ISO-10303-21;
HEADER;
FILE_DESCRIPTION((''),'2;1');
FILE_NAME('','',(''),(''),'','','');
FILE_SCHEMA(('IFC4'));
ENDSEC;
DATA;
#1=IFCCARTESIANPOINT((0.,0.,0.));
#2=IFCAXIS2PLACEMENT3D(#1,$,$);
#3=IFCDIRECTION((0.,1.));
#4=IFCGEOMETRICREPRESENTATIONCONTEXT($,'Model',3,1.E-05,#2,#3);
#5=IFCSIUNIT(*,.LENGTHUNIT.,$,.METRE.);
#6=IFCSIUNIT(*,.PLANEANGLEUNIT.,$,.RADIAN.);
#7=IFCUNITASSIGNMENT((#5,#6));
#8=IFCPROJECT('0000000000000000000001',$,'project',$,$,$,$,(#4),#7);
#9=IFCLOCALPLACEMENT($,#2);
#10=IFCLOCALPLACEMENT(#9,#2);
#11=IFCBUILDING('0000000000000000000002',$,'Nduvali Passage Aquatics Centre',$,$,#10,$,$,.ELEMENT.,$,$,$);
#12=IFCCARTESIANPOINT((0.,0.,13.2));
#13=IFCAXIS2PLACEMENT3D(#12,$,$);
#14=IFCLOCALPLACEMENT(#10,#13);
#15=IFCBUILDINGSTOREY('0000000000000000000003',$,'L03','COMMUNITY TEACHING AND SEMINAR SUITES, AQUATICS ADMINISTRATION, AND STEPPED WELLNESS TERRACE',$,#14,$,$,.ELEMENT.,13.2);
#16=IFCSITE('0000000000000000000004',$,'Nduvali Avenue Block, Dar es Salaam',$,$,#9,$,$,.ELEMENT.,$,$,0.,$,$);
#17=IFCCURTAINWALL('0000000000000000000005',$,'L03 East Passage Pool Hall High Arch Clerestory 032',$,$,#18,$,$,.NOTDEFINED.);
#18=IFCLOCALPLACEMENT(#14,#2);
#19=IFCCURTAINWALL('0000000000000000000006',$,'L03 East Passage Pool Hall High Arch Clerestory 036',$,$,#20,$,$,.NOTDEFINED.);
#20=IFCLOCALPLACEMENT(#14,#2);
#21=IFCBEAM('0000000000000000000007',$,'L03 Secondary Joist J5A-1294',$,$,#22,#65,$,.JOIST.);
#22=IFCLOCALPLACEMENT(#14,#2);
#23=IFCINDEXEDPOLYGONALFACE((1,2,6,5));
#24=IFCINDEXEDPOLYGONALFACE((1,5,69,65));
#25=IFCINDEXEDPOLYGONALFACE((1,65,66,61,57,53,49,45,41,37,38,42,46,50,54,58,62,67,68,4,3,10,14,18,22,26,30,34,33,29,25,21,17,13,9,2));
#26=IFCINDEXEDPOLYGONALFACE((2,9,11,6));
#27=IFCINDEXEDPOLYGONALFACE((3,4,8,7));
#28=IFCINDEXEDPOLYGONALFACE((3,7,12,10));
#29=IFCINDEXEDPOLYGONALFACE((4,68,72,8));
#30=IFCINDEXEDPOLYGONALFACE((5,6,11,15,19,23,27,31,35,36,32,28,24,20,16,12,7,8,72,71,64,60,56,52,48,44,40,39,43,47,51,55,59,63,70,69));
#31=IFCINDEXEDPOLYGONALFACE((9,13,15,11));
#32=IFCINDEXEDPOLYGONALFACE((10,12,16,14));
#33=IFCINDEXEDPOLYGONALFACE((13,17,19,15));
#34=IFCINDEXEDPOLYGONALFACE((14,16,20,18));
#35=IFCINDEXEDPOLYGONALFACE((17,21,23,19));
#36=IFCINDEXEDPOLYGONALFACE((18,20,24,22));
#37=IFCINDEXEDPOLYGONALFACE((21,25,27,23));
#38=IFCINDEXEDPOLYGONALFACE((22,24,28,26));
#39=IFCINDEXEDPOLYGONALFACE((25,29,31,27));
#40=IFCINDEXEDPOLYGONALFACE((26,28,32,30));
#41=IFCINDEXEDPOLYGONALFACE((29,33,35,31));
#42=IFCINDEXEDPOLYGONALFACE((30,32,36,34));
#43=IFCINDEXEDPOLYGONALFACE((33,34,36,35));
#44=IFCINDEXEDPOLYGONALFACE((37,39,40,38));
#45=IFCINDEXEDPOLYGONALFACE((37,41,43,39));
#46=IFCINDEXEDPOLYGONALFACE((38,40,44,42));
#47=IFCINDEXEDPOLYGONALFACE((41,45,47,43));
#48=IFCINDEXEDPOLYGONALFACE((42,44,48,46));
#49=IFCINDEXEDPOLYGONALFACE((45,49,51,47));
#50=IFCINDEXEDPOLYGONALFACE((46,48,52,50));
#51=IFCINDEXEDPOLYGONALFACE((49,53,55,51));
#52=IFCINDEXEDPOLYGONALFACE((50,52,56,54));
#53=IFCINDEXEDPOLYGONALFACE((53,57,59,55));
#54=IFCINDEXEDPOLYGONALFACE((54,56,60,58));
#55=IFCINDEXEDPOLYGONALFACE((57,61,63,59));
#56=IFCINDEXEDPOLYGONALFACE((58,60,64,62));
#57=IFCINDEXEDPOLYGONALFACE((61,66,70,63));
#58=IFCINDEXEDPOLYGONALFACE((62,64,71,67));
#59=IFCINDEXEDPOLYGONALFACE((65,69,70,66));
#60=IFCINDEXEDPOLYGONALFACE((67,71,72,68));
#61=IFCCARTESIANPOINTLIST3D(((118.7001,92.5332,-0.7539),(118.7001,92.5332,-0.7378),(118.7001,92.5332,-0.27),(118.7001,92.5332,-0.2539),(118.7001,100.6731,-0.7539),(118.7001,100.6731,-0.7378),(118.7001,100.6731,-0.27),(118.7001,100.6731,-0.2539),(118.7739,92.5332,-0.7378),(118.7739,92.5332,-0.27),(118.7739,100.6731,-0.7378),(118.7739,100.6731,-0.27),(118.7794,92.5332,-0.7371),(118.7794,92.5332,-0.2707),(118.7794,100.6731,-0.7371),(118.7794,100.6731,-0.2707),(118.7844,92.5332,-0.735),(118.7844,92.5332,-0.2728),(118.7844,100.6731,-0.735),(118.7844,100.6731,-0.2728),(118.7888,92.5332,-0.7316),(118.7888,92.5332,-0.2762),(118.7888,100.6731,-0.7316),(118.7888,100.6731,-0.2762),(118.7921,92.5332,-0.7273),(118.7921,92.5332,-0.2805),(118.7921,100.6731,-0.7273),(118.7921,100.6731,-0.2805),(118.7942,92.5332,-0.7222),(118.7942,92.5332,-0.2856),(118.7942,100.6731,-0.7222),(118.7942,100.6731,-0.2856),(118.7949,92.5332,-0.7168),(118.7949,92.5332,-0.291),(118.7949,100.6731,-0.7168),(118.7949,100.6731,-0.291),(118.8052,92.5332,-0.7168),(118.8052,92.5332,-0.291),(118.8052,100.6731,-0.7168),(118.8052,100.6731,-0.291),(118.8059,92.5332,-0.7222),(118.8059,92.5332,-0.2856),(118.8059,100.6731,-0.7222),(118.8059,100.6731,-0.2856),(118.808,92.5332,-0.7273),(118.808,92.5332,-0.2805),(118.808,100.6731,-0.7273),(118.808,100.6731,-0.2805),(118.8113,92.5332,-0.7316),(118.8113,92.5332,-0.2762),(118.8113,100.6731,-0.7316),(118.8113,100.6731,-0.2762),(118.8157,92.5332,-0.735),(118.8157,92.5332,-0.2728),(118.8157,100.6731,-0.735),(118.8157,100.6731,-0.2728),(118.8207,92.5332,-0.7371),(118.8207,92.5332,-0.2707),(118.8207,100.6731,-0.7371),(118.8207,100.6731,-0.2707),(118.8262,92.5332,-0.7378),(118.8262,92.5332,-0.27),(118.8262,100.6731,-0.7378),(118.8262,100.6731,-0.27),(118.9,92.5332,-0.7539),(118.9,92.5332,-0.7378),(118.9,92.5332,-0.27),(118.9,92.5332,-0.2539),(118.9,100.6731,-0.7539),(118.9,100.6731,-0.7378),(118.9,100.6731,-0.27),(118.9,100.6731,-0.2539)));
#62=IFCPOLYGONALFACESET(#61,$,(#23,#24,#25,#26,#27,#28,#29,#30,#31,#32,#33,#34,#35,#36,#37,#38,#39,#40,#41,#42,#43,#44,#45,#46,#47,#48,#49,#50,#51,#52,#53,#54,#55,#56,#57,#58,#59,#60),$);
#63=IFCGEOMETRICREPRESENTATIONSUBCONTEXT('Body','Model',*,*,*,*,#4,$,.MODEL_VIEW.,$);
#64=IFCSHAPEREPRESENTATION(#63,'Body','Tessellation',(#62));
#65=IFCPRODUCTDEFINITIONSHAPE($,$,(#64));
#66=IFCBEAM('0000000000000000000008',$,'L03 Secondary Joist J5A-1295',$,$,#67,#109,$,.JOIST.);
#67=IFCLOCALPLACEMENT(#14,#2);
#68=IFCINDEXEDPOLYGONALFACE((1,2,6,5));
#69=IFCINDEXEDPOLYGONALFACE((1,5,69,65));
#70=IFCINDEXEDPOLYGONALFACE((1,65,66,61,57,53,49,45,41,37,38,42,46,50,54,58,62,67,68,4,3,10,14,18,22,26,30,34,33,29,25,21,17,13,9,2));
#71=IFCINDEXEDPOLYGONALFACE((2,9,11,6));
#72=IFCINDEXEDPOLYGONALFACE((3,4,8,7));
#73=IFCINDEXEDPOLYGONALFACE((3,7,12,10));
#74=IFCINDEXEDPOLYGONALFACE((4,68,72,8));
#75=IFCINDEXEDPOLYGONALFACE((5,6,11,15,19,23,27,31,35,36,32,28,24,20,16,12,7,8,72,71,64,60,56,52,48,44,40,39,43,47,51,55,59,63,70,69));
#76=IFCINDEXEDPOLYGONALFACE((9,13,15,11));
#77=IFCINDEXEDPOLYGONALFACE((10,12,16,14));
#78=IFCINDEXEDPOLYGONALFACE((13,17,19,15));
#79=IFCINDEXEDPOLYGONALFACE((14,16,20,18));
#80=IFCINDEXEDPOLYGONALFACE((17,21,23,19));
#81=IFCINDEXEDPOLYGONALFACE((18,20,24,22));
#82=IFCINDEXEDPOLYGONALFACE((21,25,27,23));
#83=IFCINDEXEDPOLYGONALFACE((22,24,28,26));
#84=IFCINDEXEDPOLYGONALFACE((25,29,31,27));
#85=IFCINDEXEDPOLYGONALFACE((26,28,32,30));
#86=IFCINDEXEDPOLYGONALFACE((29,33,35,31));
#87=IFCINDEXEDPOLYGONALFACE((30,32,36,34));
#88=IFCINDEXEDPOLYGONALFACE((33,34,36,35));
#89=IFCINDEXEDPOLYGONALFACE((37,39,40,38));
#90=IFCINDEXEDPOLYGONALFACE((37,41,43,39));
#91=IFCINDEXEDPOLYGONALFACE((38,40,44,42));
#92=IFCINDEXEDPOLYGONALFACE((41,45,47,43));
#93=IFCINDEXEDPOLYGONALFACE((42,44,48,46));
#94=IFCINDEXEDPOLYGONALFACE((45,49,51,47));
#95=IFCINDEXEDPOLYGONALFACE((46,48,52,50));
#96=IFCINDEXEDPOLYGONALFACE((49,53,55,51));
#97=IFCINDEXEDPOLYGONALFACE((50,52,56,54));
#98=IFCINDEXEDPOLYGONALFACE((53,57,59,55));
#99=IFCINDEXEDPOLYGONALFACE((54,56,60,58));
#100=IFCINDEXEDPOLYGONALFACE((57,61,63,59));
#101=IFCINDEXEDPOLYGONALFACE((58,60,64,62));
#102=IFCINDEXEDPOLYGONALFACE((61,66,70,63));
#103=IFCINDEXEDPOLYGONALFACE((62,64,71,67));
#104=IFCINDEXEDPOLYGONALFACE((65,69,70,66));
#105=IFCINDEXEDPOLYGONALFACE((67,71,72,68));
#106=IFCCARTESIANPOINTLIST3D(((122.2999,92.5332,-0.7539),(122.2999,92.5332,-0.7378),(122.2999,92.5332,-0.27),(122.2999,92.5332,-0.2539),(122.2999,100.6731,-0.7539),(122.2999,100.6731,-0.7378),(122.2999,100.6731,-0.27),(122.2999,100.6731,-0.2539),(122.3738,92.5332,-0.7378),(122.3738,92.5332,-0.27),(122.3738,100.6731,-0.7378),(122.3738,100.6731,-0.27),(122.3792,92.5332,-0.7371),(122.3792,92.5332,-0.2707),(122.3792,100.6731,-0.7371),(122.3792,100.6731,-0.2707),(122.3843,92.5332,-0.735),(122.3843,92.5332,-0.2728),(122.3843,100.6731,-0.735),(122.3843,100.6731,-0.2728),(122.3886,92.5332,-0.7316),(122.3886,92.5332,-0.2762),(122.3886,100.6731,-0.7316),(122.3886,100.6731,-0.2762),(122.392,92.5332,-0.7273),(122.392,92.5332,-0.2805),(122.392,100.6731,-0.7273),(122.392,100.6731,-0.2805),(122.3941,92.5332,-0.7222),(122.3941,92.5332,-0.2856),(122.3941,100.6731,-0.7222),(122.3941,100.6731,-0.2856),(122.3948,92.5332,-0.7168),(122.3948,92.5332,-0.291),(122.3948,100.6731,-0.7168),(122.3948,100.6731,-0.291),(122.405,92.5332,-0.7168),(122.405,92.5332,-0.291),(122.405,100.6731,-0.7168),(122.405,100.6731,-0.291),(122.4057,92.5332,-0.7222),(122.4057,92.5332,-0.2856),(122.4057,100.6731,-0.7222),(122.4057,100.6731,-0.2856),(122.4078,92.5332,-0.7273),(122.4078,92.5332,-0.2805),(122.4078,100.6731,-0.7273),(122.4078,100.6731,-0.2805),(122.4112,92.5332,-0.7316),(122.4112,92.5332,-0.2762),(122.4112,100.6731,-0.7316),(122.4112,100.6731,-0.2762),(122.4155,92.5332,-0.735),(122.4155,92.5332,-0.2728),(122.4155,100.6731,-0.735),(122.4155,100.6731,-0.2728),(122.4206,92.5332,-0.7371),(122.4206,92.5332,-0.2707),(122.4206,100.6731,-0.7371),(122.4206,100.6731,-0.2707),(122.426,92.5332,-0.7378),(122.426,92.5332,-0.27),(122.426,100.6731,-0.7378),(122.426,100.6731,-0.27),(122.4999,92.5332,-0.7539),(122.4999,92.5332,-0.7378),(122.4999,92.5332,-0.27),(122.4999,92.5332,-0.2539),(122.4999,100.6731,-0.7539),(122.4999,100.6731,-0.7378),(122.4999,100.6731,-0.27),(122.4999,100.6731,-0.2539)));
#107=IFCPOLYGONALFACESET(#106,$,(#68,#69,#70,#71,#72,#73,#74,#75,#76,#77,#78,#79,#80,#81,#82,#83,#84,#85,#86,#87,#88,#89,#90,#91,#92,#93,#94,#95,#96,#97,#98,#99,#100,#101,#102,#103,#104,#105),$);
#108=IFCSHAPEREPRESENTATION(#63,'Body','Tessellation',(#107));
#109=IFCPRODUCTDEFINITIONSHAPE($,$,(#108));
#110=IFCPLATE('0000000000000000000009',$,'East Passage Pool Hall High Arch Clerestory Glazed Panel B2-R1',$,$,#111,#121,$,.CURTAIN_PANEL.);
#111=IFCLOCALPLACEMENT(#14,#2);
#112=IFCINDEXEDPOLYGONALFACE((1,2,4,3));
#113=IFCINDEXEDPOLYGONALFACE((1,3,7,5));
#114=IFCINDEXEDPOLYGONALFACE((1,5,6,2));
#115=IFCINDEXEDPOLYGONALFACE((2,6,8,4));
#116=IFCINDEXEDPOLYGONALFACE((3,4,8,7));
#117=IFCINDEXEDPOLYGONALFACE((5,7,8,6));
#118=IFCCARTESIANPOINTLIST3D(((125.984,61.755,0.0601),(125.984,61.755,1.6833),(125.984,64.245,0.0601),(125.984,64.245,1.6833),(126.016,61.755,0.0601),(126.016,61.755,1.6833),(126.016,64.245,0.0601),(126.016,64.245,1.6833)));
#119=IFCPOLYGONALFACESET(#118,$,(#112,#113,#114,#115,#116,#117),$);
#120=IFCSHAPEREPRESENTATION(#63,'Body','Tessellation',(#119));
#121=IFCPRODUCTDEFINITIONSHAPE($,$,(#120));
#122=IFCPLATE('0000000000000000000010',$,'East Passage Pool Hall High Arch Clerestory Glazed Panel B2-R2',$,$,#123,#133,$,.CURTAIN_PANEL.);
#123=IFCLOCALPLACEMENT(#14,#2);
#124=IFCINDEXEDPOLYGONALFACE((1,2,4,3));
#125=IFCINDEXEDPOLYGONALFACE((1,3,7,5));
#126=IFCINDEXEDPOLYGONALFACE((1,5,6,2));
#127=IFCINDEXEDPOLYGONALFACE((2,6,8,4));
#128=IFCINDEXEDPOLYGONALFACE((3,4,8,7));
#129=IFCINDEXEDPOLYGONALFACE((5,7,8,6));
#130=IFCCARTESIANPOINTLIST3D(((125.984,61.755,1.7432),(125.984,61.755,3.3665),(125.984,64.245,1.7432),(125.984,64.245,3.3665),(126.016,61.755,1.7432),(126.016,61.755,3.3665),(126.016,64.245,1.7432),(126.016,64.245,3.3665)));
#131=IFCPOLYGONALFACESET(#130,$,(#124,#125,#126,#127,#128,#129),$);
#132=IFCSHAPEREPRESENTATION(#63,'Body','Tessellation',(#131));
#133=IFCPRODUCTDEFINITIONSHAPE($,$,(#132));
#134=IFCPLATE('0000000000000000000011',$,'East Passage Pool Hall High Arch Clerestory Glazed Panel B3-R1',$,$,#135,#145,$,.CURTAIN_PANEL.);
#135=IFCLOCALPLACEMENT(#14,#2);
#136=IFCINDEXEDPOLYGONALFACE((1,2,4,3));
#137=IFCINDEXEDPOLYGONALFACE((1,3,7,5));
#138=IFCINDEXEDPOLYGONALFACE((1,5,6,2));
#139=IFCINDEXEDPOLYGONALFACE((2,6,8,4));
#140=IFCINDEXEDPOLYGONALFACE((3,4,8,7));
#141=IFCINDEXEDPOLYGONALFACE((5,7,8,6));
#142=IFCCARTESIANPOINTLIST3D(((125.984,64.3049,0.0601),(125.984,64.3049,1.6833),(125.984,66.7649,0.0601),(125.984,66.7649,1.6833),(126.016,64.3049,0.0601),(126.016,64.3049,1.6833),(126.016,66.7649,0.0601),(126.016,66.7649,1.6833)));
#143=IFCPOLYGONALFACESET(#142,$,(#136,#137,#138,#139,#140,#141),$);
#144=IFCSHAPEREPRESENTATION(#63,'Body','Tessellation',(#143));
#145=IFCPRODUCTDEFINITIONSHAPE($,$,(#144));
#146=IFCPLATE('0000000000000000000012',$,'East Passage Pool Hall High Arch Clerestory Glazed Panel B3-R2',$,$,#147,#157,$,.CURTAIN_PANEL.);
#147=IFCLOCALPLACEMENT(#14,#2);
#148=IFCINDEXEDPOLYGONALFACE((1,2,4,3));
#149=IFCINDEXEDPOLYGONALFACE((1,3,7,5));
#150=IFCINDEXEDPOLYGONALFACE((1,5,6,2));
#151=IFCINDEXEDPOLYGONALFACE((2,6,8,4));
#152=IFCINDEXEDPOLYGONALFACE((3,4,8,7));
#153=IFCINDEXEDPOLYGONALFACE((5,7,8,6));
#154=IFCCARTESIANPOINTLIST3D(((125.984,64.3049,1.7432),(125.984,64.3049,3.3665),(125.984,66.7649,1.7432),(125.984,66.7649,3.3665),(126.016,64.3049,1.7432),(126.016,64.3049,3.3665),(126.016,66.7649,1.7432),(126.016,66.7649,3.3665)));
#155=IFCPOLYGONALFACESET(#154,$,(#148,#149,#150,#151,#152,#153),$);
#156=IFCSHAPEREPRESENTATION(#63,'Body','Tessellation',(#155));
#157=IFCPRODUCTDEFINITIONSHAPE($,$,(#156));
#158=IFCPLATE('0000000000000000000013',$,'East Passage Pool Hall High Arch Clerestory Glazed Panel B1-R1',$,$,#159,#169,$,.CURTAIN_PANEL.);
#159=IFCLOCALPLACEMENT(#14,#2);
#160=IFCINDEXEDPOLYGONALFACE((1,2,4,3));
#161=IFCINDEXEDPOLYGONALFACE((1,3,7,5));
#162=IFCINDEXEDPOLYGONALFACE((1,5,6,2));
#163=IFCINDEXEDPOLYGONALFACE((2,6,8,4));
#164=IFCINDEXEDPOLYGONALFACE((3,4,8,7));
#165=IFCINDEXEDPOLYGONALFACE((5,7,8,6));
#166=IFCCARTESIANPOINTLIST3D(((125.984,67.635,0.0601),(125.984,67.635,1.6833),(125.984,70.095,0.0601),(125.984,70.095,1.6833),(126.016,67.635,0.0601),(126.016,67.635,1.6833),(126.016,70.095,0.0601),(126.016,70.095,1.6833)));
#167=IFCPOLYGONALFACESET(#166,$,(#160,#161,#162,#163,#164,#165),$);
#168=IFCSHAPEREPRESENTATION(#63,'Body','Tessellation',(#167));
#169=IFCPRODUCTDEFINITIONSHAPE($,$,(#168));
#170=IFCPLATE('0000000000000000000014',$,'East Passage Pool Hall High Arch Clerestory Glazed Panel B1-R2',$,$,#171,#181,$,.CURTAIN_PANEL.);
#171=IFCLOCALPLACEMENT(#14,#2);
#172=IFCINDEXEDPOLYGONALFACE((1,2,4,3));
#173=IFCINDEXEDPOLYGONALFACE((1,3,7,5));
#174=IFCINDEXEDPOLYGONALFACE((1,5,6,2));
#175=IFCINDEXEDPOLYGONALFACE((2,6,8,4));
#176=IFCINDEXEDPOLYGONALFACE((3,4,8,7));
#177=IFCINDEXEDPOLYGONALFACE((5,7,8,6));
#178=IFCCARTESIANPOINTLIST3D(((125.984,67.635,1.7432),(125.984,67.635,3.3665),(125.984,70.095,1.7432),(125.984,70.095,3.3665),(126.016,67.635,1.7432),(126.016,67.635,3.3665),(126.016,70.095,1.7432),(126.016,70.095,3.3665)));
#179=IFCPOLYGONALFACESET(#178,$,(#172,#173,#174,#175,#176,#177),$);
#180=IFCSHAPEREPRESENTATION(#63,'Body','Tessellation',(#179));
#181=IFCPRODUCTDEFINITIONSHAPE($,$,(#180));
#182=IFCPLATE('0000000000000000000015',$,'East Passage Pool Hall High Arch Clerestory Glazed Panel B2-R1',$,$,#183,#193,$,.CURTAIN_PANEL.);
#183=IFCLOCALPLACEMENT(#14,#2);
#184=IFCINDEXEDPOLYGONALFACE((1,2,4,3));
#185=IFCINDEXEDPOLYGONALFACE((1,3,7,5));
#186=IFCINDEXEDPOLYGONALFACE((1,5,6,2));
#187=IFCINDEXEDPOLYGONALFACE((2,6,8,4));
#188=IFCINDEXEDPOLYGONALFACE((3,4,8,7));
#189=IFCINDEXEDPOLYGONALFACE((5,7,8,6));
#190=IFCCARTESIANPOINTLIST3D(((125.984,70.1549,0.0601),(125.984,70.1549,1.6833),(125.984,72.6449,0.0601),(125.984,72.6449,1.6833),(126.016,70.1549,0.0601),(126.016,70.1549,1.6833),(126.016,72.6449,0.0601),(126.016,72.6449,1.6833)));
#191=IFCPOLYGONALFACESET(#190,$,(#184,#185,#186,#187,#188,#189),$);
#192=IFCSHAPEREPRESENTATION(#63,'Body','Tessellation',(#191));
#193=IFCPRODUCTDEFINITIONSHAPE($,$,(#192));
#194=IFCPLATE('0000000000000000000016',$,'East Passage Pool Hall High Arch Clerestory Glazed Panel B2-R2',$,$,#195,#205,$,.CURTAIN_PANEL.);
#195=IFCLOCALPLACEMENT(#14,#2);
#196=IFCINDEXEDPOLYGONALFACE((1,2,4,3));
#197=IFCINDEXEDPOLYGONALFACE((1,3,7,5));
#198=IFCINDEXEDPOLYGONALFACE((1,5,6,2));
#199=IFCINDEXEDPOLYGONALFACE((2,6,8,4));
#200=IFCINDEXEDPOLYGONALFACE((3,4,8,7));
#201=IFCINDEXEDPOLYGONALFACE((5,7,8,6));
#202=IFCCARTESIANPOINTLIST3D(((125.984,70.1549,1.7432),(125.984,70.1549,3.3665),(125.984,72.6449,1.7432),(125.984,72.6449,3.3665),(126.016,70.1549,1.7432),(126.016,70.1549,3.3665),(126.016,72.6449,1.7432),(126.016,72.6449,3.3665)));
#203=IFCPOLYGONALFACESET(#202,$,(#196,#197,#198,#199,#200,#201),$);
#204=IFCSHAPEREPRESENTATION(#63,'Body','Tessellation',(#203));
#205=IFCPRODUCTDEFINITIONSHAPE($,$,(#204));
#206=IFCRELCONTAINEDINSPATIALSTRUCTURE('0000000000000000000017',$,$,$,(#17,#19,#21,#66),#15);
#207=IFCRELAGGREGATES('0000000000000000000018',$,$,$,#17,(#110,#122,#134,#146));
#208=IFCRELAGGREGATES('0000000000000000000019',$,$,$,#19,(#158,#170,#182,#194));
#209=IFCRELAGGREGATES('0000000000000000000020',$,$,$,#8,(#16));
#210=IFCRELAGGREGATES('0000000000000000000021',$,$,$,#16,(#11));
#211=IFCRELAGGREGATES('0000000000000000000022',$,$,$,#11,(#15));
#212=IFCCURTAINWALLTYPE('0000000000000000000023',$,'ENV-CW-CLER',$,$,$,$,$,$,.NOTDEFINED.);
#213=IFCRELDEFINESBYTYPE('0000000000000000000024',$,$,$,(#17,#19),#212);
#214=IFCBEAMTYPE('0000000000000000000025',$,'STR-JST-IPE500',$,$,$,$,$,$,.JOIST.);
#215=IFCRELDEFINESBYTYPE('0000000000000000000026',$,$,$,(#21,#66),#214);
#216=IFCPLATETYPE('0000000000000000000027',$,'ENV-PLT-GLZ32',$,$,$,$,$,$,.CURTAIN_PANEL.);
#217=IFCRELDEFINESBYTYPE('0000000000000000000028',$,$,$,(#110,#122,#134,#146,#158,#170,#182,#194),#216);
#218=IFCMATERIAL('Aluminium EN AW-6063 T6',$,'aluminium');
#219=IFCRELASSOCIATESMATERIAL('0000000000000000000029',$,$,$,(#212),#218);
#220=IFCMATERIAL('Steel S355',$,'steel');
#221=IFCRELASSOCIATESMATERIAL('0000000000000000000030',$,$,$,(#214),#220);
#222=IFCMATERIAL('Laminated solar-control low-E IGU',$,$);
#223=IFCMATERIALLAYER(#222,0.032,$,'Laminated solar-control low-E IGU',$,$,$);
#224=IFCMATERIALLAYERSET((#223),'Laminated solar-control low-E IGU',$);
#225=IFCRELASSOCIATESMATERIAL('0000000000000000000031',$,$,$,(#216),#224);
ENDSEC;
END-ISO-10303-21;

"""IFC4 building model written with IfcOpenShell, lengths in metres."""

from ifc_helpers import new_model, si_unit, direction, frame, origin, origin_2d, place, context, subcontext, project, spatial, rectangle, i_section, extrude, material, layer, layer_set, material_profile, profile_set, type_object, element, aggregate, save


model = new_model("IFC4")

# Units and contexts
model_context = context("Model", 3, precision=1e-05, world=origin(), true_north=direction((0.0, 1.0)))
body_context = subcontext(model_context, "Body", "Model", "MODEL_VIEW")
ifc_project = project(units=[si_unit("LENGTHUNIT", "METRE"), si_unit("PLANEANGLEUNIT", "RADIAN")], contexts=[model_context])

# Site, building, storey
site_placement = place(None, origin())
site = spatial("IfcSite", under=ifc_project, at=site_placement, Name="Nduvali Avenue Block, Dar es Salaam", CompositionType="ELEMENT", RefElevation=0.0)
building_placement = place(site_placement, origin())
building = spatial("IfcBuilding", under=site, at=building_placement, Name="Nduvali Passage Aquatics Centre", CompositionType="ELEMENT")
storey_placement = place(building_placement, frame((0.0, 0.0, 13.2)))
storey = spatial("IfcBuildingStorey", under=building, at=storey_placement, Name="L03", Description="COMMUNITY TEACHING AND SEMINAR SUITES, AQUATICS ADMINISTRATION, AND STEPPED WELLNESS TERRACE", CompositionType="ELEMENT", Elevation=13.2)

# Curtain walls
ifc_material_1 = material(Name="Aluminium EN AW-6063 T6", Category="aluminium")
curtain_wall_type = type_object("IfcCurtainWallType", Name="ENV-CW-CLER", PredefinedType="NOTDEFINED", material=ifc_material_1)
curtain_wall_1_placement = place(storey_placement, origin())
curtain_wall_1 = element("IfcCurtainWall", 1, at=curtain_wall_1_placement, inside=storey, type_object=curtain_wall_type, Name="L03 East Passage Pool Hall High Arch Clerestory 032", PredefinedType="NOTDEFINED")
curtain_wall_2_placement = place(storey_placement, origin())
curtain_wall_2 = element("IfcCurtainWall", 2, at=curtain_wall_2_placement, inside=storey, type_object=curtain_wall_type, Name="L03 East Passage Pool Hall High Arch Clerestory 036", PredefinedType="NOTDEFINED")

# Beams
ifc_material_2 = material(Name="Steel S355", Category="steel")
ifc_material_profile_1 = material_profile(ifc_material_2, i_section(OverallWidth=0.2, OverallDepth=0.5, WebThickness=0.0103, FlangeThickness=0.0161, FilletRadius=0.021, at=origin_2d()), Name="IPE 500")
ifc_profile_set_1 = profile_set([ifc_material_profile_1], Name="Steel S355")
beam_type_1 = type_object("IfcBeamType", Name="STR-JST-IPE500", PredefinedType="JOIST", material=ifc_profile_set_1)
for number, where, z_axis, x_axis, name in (
    (3, (118.8, 92.5332, -0.5039), (0.0, 1.0, 0.0), (-1.0, 0.0, 0.0), "L03 Secondary Joist J5A-1294"),
    (4, (122.3999, 92.5332, -0.5039), (0.0, 1.0, 0.0), (-1.0, 0.0, 0.0), "L03 Secondary Joist J5A-1295"),
):
    element("IfcBeam", number, at=place(storey_placement, frame(where, z_axis=z_axis, x_axis=x_axis)), inside=storey, type_object=beam_type_1, Name=name, PredefinedType="JOIST", context=body_context, shape_type="SweptSolid", body=[
        extrude(i_section(OverallWidth=0.2, OverallDepth=0.5, WebThickness=0.0103, FlangeThickness=0.0161, FilletRadius=0.021, at=origin_2d()), origin(), (0.0, 0.0, 1.0), 8.1399),
    ])

# Plates
ifc_material_3 = material(Name="Laminated solar-control low-E IGU")
ifc_layer_1 = layer(ifc_material_3, 0.032, Name="Laminated solar-control low-E IGU")
ifc_layer_set_1 = layer_set([ifc_layer_1], Name="Laminated solar-control low-E IGU")
plate_type = type_object("IfcPlateType", Name="ENV-PLT-GLZ32", PredefinedType="CURTAIN_PANEL", material=ifc_layer_set_1)
plate_1_placement = place(storey_placement, frame((126.0, 63.0, 0.0601), z_axis=(0.0, 0.0, 1.0), x_axis=(0.0, 1.0, 0.0)))
plate_1 = element("IfcPlate", 5, at=plate_1_placement, type_object=plate_type, Name="East Passage Pool Hall High Arch Clerestory Glazed Panel B2-R1", PredefinedType="CURTAIN_PANEL", context=body_context, shape_type="SweptSolid", body=[
    extrude(rectangle(XDim=2.49, YDim=0.032, at=origin_2d()), origin(), (0.0, 0.0, 1.0), 1.6233),
])
plate_2_placement = place(storey_placement, frame((126.0, 63.0, 1.7432), z_axis=(0.0, 0.0, 1.0), x_axis=(0.0, 1.0, 0.0)))
plate_2 = element("IfcPlate", 6, at=plate_2_placement, type_object=plate_type, Name="East Passage Pool Hall High Arch Clerestory Glazed Panel B2-R2", PredefinedType="CURTAIN_PANEL", context=body_context, shape_type="SweptSolid", body=[
    extrude(rectangle(XDim=2.49, YDim=0.032, at=origin_2d()), origin(), (0.0, 0.0, 1.0), 1.6233),
])
plate_3_placement = place(storey_placement, frame((126.0, 65.5349, 0.0601), z_axis=(0.0, 0.0, 1.0), x_axis=(0.0, 1.0, 0.0)))
plate_3 = element("IfcPlate", 7, at=plate_3_placement, type_object=plate_type, Name="East Passage Pool Hall High Arch Clerestory Glazed Panel B3-R1", PredefinedType="CURTAIN_PANEL", context=body_context, shape_type="SweptSolid", body=[
    extrude(rectangle(XDim=2.46, YDim=0.032, at=origin_2d()), origin(), (0.0, 0.0, 1.0), 1.6233),
])
plate_4_placement = place(storey_placement, frame((126.0, 65.5349, 1.7432), z_axis=(0.0, 0.0, 1.0), x_axis=(0.0, 1.0, 0.0)))
plate_4 = element("IfcPlate", 8, at=plate_4_placement, type_object=plate_type, Name="East Passage Pool Hall High Arch Clerestory Glazed Panel B3-R2", PredefinedType="CURTAIN_PANEL", context=body_context, shape_type="SweptSolid", body=[
    extrude(rectangle(XDim=2.46, YDim=0.032, at=origin_2d()), origin(), (0.0, 0.0, 1.0), 1.6233),
])
aggregate(curtain_wall_1, [plate_1, plate_2, plate_3, plate_4])
plate_5_placement = place(storey_placement, frame((126.0, 68.865, 0.0601), z_axis=(0.0, 0.0, 1.0), x_axis=(0.0, 1.0, 0.0)))
plate_5 = element("IfcPlate", 9, at=plate_5_placement, type_object=plate_type, Name="East Passage Pool Hall High Arch Clerestory Glazed Panel B1-R1", PredefinedType="CURTAIN_PANEL", context=body_context, shape_type="SweptSolid", body=[
    extrude(rectangle(XDim=2.46, YDim=0.032, at=origin_2d()), origin(), (0.0, 0.0, 1.0), 1.6233),
])
plate_6_placement = place(storey_placement, frame((126.0, 68.865, 1.7432), z_axis=(0.0, 0.0, 1.0), x_axis=(0.0, 1.0, 0.0)))
plate_6 = element("IfcPlate", 10, at=plate_6_placement, type_object=plate_type, Name="East Passage Pool Hall High Arch Clerestory Glazed Panel B1-R2", PredefinedType="CURTAIN_PANEL", context=body_context, shape_type="SweptSolid", body=[
    extrude(rectangle(XDim=2.46, YDim=0.032, at=origin_2d()), origin(), (0.0, 0.0, 1.0), 1.6233),
])
plate_7_placement = place(storey_placement, frame((126.0, 71.3999, 0.0601), z_axis=(0.0, 0.0, 1.0), x_axis=(0.0, 1.0, 0.0)))
plate_7 = element("IfcPlate", 11, at=plate_7_placement, type_object=plate_type, Name="East Passage Pool Hall High Arch Clerestory Glazed Panel B2-R1", PredefinedType="CURTAIN_PANEL", context=body_context, shape_type="SweptSolid", body=[
    extrude(rectangle(XDim=2.49, YDim=0.032, at=origin_2d()), origin(), (0.0, 0.0, 1.0), 1.6233),
])
plate_8_placement = place(storey_placement, frame((126.0, 71.3999, 1.7432), z_axis=(0.0, 0.0, 1.0), x_axis=(0.0, 1.0, 0.0)))
plate_8 = element("IfcPlate", 12, at=plate_8_placement, type_object=plate_type, Name="East Passage Pool Hall High Arch Clerestory Glazed Panel B2-R2", PredefinedType="CURTAIN_PANEL", context=body_context, shape_type="SweptSolid", body=[
    extrude(rectangle(XDim=2.49, YDim=0.032, at=origin_2d()), origin(), (0.0, 0.0, 1.0), 1.6233),
])
aggregate(curtain_wall_2, [plate_5, plate_6, plate_7, plate_8])

save(model, "model.ifc")
